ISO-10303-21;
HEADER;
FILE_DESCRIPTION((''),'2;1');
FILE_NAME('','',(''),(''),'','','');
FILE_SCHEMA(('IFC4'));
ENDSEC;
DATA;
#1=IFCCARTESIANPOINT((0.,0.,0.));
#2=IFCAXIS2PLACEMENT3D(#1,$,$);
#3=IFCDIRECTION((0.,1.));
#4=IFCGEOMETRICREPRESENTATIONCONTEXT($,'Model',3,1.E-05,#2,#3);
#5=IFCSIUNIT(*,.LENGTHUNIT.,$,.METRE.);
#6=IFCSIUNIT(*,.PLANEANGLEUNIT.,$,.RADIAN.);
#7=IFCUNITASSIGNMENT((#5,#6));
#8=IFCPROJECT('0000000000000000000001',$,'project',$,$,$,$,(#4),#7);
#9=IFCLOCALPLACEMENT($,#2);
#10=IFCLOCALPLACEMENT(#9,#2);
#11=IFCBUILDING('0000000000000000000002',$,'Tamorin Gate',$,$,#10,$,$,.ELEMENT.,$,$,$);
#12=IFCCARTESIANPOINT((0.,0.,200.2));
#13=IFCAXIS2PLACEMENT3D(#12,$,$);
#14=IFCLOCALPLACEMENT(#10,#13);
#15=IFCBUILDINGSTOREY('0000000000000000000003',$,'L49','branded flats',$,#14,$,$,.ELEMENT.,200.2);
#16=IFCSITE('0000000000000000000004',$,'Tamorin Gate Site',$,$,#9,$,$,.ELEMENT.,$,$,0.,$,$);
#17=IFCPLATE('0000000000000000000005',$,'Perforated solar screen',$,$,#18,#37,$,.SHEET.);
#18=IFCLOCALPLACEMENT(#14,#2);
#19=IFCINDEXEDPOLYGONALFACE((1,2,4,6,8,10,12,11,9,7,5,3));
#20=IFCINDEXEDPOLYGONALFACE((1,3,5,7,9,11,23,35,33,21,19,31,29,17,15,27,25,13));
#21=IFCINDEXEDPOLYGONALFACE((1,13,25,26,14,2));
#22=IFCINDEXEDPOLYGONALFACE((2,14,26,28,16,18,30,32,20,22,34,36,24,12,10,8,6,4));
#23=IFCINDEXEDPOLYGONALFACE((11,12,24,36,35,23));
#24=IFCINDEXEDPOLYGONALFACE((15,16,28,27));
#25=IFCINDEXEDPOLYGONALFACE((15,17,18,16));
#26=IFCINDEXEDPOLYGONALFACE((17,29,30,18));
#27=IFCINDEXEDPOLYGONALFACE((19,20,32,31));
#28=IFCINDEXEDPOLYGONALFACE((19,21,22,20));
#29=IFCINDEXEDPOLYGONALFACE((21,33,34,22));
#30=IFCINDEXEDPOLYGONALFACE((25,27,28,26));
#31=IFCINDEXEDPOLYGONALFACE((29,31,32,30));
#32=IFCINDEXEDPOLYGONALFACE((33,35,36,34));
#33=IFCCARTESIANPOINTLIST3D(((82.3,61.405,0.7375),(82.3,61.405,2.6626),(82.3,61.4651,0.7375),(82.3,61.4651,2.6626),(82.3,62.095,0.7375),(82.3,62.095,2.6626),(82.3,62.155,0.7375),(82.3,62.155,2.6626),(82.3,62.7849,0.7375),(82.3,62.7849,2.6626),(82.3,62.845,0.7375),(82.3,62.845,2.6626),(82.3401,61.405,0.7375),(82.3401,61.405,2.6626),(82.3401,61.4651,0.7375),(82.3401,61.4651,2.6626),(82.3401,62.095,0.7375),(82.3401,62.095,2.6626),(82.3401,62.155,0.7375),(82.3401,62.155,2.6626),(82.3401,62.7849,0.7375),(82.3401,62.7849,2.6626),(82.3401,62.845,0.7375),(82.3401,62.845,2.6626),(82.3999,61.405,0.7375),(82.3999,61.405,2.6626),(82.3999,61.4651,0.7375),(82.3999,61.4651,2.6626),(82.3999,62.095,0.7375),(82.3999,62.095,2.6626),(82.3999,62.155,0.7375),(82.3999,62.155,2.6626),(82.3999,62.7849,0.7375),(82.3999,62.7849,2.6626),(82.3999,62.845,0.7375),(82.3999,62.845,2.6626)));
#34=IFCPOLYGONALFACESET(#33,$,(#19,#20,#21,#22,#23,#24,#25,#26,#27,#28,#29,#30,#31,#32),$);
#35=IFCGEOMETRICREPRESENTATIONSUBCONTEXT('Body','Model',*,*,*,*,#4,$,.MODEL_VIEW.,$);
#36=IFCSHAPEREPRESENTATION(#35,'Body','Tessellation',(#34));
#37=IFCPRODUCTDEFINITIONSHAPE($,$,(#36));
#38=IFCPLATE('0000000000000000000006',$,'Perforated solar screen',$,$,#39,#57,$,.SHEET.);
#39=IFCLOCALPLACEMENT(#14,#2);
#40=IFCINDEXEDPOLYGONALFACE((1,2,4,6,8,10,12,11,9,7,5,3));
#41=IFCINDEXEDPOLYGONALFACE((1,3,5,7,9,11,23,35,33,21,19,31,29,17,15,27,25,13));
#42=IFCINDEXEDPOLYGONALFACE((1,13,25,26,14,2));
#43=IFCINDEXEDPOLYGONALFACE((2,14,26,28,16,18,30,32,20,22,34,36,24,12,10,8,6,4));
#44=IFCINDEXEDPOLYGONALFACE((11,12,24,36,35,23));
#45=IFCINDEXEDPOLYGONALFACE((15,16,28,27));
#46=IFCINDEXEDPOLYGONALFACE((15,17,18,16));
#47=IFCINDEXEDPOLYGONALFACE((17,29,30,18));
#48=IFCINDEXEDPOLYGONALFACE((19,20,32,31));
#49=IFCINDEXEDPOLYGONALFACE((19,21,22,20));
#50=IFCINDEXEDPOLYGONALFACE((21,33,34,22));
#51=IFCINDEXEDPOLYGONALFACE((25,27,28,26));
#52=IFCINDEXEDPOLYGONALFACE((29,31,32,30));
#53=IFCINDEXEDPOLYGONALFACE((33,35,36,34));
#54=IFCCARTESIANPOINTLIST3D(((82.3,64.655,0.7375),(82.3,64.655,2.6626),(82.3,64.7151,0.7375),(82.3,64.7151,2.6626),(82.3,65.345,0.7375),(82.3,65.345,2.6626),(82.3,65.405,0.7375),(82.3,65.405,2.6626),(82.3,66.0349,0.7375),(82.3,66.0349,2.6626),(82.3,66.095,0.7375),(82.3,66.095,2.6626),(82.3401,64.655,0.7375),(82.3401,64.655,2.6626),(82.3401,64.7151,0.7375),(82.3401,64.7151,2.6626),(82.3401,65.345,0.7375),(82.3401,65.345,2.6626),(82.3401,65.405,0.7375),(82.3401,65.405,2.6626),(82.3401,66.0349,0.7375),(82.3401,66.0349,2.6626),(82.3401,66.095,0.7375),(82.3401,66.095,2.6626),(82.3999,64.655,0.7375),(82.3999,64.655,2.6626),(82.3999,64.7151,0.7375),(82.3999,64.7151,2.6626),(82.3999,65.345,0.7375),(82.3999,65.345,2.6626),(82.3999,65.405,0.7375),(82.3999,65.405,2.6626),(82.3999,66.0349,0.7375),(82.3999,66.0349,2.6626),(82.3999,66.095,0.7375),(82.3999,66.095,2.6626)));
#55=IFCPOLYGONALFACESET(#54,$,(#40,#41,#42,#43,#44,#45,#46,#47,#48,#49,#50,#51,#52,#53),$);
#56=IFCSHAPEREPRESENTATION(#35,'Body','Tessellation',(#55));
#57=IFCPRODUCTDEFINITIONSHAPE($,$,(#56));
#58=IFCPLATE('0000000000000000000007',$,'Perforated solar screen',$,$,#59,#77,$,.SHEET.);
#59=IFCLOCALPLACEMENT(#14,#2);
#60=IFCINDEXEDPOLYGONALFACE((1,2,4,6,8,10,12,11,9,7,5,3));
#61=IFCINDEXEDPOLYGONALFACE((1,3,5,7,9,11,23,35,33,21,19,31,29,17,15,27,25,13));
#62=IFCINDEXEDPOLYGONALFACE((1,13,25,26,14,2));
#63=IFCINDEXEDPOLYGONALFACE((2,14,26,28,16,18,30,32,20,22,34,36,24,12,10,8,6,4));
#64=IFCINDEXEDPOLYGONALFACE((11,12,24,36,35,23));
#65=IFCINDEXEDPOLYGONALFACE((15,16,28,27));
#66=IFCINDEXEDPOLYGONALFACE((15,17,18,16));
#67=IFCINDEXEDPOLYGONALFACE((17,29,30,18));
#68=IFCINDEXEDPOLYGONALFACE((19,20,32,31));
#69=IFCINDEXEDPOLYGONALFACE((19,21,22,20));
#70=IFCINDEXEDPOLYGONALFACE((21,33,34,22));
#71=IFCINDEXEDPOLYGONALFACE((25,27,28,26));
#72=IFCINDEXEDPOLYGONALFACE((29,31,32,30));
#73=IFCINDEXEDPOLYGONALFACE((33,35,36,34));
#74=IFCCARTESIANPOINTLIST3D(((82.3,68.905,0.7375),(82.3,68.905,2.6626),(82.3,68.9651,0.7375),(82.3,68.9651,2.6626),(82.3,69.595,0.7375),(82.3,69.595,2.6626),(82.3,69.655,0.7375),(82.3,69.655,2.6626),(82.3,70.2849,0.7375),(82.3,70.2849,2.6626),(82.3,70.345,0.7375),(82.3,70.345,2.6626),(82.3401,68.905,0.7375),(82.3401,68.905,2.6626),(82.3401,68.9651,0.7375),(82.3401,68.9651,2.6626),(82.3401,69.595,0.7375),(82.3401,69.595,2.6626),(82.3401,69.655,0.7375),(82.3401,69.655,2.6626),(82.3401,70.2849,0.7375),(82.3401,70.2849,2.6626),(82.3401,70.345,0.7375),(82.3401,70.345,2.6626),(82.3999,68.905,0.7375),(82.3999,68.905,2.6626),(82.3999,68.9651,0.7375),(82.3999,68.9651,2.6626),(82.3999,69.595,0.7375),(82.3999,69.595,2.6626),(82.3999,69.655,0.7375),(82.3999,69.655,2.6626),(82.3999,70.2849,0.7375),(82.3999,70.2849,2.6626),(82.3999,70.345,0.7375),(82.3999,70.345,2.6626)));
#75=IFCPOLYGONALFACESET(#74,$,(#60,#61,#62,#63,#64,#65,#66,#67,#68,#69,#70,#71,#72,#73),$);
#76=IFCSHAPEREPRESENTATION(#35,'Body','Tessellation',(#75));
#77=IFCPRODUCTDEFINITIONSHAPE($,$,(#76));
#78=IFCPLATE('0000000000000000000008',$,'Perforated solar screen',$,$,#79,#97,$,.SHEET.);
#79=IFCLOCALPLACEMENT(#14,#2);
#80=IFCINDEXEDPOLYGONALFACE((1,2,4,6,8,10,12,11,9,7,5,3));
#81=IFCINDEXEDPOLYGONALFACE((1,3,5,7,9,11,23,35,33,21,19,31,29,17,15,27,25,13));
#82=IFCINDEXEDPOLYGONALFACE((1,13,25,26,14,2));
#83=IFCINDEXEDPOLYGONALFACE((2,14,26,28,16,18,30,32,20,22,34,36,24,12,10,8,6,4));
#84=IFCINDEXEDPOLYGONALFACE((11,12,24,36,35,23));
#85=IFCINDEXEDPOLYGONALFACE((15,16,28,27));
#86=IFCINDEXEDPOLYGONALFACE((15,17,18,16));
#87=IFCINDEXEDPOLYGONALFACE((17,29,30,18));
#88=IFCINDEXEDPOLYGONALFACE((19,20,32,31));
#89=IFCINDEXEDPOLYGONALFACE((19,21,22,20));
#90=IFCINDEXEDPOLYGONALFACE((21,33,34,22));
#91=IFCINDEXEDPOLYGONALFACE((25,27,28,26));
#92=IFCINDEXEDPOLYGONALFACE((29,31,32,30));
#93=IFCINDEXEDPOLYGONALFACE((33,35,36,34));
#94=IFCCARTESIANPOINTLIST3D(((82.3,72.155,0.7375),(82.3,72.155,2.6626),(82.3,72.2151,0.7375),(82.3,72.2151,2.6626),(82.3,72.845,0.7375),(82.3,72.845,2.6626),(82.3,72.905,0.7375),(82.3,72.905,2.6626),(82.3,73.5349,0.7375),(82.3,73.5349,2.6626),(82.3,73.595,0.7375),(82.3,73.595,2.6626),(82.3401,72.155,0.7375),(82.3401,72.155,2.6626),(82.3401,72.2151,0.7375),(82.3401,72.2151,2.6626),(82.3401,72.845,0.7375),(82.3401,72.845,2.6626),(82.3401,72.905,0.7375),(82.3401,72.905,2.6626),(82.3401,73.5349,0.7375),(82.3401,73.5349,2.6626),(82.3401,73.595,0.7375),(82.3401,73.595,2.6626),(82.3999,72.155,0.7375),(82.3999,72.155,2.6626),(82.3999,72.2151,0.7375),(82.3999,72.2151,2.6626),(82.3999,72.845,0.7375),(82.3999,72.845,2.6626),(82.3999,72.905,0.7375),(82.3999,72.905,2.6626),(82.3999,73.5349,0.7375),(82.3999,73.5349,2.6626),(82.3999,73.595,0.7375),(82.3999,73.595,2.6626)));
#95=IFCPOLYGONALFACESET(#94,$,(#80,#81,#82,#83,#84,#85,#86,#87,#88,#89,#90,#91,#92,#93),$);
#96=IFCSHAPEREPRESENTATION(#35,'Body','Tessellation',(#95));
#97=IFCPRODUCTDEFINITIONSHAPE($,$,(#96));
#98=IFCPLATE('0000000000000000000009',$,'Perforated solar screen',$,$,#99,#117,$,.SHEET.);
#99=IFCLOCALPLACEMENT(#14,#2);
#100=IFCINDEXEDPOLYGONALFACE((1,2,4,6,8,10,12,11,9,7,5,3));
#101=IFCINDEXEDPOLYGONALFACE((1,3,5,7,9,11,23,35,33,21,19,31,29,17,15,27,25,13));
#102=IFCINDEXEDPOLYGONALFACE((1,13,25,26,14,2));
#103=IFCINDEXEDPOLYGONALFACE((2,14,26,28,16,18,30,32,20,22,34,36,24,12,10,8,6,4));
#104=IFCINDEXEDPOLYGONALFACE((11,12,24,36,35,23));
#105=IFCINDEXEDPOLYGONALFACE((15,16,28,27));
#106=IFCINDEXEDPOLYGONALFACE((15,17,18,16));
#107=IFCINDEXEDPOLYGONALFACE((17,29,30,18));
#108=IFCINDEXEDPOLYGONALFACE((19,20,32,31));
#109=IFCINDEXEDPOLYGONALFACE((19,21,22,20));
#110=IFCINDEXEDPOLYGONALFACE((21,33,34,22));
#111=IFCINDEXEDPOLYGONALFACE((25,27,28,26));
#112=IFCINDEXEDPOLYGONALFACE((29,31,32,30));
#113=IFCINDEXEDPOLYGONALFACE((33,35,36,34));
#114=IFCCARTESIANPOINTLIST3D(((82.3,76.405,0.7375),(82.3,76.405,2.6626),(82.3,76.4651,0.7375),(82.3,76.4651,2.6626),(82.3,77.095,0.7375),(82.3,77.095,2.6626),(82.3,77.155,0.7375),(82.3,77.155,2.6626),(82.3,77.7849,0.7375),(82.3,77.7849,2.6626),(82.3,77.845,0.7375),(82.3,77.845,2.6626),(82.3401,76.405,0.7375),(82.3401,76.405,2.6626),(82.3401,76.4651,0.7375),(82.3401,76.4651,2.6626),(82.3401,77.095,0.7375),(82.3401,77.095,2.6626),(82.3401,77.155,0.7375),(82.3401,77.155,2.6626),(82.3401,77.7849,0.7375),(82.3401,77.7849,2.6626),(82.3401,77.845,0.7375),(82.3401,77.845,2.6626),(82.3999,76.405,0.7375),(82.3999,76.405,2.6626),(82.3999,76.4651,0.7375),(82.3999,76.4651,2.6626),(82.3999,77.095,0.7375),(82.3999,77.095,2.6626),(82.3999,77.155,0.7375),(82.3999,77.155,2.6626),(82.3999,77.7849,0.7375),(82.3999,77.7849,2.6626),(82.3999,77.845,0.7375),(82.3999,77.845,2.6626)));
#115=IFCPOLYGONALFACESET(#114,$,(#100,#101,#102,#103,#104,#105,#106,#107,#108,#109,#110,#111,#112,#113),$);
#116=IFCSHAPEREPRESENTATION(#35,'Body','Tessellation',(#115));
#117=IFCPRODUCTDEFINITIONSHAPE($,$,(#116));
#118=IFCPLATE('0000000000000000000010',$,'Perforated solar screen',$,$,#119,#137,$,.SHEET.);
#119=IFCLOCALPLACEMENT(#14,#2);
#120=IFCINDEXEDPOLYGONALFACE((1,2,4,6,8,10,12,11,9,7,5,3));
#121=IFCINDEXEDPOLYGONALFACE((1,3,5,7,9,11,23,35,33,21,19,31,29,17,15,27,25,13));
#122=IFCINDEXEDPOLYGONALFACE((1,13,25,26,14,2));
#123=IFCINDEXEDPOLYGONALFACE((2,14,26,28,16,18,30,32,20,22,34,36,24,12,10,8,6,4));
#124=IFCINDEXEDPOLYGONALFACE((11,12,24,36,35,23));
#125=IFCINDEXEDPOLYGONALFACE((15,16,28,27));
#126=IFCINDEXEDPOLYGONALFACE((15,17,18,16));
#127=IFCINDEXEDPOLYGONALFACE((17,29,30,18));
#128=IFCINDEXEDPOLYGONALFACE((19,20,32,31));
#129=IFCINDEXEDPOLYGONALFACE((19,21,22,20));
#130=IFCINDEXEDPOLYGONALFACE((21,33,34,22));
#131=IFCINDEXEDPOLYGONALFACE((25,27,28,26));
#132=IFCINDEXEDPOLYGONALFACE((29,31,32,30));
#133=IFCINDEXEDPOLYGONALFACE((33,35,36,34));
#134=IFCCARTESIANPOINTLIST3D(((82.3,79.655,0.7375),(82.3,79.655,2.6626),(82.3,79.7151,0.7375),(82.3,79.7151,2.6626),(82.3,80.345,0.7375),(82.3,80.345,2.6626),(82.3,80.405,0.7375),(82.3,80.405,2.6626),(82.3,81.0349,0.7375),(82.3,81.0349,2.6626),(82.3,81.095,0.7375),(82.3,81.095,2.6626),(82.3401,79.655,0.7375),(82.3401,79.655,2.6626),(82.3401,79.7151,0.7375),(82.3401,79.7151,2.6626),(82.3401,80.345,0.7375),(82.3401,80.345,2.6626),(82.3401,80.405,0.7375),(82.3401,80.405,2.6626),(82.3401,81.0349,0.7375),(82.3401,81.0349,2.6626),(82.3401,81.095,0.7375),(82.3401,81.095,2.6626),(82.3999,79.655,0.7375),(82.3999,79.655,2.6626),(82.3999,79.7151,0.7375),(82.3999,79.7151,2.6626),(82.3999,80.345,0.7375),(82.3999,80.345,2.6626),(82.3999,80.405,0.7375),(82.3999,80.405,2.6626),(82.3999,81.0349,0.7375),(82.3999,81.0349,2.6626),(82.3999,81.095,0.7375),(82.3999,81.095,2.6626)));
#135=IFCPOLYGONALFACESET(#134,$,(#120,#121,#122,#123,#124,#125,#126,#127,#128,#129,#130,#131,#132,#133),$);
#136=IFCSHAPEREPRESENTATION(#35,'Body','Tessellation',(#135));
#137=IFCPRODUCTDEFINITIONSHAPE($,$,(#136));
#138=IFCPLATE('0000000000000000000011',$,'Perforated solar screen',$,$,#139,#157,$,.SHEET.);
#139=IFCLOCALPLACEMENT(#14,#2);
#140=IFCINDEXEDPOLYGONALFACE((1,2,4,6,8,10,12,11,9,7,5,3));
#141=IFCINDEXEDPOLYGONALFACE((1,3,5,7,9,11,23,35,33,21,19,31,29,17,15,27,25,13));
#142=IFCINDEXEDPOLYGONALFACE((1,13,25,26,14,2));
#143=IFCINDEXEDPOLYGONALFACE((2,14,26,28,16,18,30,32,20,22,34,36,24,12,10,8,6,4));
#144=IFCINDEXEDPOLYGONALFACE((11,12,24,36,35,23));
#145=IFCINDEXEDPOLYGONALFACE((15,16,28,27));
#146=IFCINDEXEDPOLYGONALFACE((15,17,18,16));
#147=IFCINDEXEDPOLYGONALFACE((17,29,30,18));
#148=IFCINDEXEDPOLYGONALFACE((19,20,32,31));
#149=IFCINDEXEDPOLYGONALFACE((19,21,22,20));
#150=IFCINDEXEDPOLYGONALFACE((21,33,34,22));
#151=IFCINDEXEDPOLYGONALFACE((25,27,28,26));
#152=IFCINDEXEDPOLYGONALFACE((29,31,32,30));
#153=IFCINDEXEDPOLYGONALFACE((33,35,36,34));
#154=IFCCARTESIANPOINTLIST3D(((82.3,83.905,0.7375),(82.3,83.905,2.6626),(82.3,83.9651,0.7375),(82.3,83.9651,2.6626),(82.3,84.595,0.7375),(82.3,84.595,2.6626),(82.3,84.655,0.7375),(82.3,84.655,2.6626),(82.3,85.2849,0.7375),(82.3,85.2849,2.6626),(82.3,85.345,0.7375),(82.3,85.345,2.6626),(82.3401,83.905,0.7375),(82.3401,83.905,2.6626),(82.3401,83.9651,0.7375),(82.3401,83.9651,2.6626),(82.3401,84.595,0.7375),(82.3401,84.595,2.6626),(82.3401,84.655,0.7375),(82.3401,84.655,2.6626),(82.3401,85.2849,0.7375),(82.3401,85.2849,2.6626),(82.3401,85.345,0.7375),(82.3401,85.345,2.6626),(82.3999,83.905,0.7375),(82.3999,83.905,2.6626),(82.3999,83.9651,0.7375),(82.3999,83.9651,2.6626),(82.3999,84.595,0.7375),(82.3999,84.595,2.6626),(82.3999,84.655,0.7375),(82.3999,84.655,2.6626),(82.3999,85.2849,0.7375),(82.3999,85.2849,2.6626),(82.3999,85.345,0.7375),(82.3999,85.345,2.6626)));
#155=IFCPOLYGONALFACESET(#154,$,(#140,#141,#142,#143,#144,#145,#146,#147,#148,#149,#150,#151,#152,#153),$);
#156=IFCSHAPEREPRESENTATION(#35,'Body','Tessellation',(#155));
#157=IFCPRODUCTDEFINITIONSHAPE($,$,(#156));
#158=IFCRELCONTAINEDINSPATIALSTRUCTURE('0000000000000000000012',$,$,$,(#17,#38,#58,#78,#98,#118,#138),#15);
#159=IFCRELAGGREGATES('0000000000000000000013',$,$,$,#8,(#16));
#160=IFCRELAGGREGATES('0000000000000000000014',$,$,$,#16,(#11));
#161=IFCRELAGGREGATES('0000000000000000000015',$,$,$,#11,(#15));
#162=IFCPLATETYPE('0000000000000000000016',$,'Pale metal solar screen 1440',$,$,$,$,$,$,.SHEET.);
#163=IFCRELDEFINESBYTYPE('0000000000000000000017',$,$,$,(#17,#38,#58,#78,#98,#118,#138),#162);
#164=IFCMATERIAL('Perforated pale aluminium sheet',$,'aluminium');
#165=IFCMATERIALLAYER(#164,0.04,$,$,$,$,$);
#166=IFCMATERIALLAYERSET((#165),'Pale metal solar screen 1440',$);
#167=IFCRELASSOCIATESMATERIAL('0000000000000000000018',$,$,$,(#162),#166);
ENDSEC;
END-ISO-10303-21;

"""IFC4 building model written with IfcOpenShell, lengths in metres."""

from ifc_helpers import new_model, si_unit, direction, frame, origin, place, context, subcontext, project, spatial, polyline, outline, extrude, material, layer, layer_set, type_object, element, save


model = new_model("IFC4")

# Units and contexts
model_context = context("Model", 3, precision=1e-05, world=origin(), true_north=direction((0.0, 1.0)))
body_context = subcontext(model_context, "Body", "Model", "MODEL_VIEW")
ifc_project = project(units=[si_unit("LENGTHUNIT", "METRE"), si_unit("PLANEANGLEUNIT", "RADIAN")], contexts=[model_context])

# Site, building, storey
site_placement = place(None, origin())
site = spatial("IfcSite", under=ifc_project, at=site_placement, Name="Tamorin Gate Site", CompositionType="ELEMENT", RefElevation=0.0)
building_placement = place(site_placement, origin())
building = spatial("IfcBuilding", under=site, at=building_placement, Name="Tamorin Gate", CompositionType="ELEMENT")
storey_placement = place(building_placement, frame((0.0, 0.0, 200.2)))
storey = spatial("IfcBuildingStorey", under=building, at=storey_placement, Name="L49", Description="branded flats", CompositionType="ELEMENT", Elevation=200.2)

# Plates
ifc_material_1 = material(Name="Perforated pale aluminium sheet", Category="aluminium")
ifc_layer_1 = layer(ifc_material_1, 0.04)
ifc_layer_set_1 = layer_set([ifc_layer_1], Name="Pale metal solar screen 1440")
plate_type_1 = type_object("IfcPlateType", Name="Pale metal solar screen 1440", PredefinedType="SHEET", material=ifc_layer_set_1)
plate_1_placement = place(storey_placement, frame((0.0, 0.0, 0.7375)))
element("IfcPlate", 1, at=plate_1_placement, inside=storey, type_object=plate_type_1, Name="Perforated solar screen", PredefinedType="SHEET", context=body_context, shape_type="SweptSolid", body=[
    extrude(outline(polyline([(82.3401, 61.405), (82.3, 61.405), (82.3, 61.4651), (82.3, 62.095), (82.3, 62.155), (82.3, 62.7849), (82.3, 62.845), (82.3401, 62.845), (82.3999, 62.845), (82.3999, 62.7849), (82.3401, 62.7849), (82.3401, 62.155), (82.3999, 62.155), (82.3999, 62.095), (82.3401, 62.095), (82.3401, 61.4651), (82.3999, 61.4651), (82.3999, 61.405), (82.3401, 61.405)])), origin(), (0.0, 0.0, 1.0), 1.925),
])
plate_2_placement = place(storey_placement, frame((0.0, 0.0, 0.7375)))
element("IfcPlate", 2, at=plate_2_placement, inside=storey, type_object=plate_type_1, Name="Perforated solar screen", PredefinedType="SHEET", context=body_context, shape_type="SweptSolid", body=[
    extrude(outline(polyline([(82.3401, 64.655), (82.3, 64.655), (82.3, 64.7151), (82.3, 65.345), (82.3, 65.405), (82.3, 66.0349), (82.3, 66.095), (82.3401, 66.095), (82.3999, 66.095), (82.3999, 66.0349), (82.3401, 66.0349), (82.3401, 65.405), (82.3999, 65.405), (82.3999, 65.345), (82.3401, 65.345), (82.3401, 64.7151), (82.3999, 64.7151), (82.3999, 64.655), (82.3401, 64.655)])), origin(), (0.0, 0.0, 1.0), 1.925),
])
plate_3_placement = place(storey_placement, frame((0.0, 0.0, 0.7375)))
element("IfcPlate", 3, at=plate_3_placement, inside=storey, type_object=plate_type_1, Name="Perforated solar screen", PredefinedType="SHEET", context=body_context, shape_type="SweptSolid", body=[
    extrude(outline(polyline([(82.3401, 68.905), (82.3, 68.905), (82.3, 68.9651), (82.3, 69.595), (82.3, 69.655), (82.3, 70.2849), (82.3, 70.345), (82.3401, 70.345), (82.3999, 70.345), (82.3999, 70.2849), (82.3401, 70.2849), (82.3401, 69.655), (82.3999, 69.655), (82.3999, 69.595), (82.3401, 69.595), (82.3401, 68.9651), (82.3999, 68.9651), (82.3999, 68.905), (82.3401, 68.905)])), origin(), (0.0, 0.0, 1.0), 1.925),
])
plate_4_placement = place(storey_placement, frame((0.0, 0.0, 0.7375)))
element("IfcPlate", 4, at=plate_4_placement, inside=storey, type_object=plate_type_1, Name="Perforated solar screen", PredefinedType="SHEET", context=body_context, shape_type="SweptSolid", body=[
    extrude(outline(polyline([(82.3401, 72.155), (82.3, 72.155), (82.3, 72.2151), (82.3, 72.845), (82.3, 72.905), (82.3, 73.5349), (82.3, 73.595), (82.3401, 73.595), (82.3999, 73.595), (82.3999, 73.5349), (82.3401, 73.5349), (82.3401, 72.905), (82.3999, 72.905), (82.3999, 72.845), (82.3401, 72.845), (82.3401, 72.2151), (82.3999, 72.2151), (82.3999, 72.155), (82.3401, 72.155)])), origin(), (0.0, 0.0, 1.0), 1.925),
])
plate_5_placement = place(storey_placement, frame((0.0, 0.0, 0.7375)))
element("IfcPlate", 5, at=plate_5_placement, inside=storey, type_object=plate_type_1, Name="Perforated solar screen", PredefinedType="SHEET", context=body_context, shape_type="SweptSolid", body=[
    extrude(outline(polyline([(82.3401, 76.405), (82.3, 76.405), (82.3, 76.4651), (82.3, 77.095), (82.3, 77.155), (82.3, 77.7849), (82.3, 77.845), (82.3401, 77.845), (82.3999, 77.845), (82.3999, 77.7849), (82.3401, 77.7849), (82.3401, 77.155), (82.3999, 77.155), (82.3999, 77.095), (82.3401, 77.095), (82.3401, 76.4651), (82.3999, 76.4651), (82.3999, 76.405), (82.3401, 76.405)])), origin(), (0.0, 0.0, 1.0), 1.925),
])
plate_6_placement = place(storey_placement, frame((0.0, 0.0, 0.7375)))
element("IfcPlate", 6, at=plate_6_placement, inside=storey, type_object=plate_type_1, Name="Perforated solar screen", PredefinedType="SHEET", context=body_context, shape_type="SweptSolid", body=[
    extrude(outline(polyline([(82.3401, 79.655), (82.3, 79.655), (82.3, 79.7151), (82.3, 80.345), (82.3, 80.405), (82.3, 81.0349), (82.3, 81.095), (82.3401, 81.095), (82.3999, 81.095), (82.3999, 81.0349), (82.3401, 81.0349), (82.3401, 80.405), (82.3999, 80.405), (82.3999, 80.345), (82.3401, 80.345), (82.3401, 79.7151), (82.3999, 79.7151), (82.3999, 79.655), (82.3401, 79.655)])), origin(), (0.0, 0.0, 1.0), 1.925),
])
plate_7_placement = place(storey_placement, frame((0.0, 0.0, 0.7375)))
element("IfcPlate", 7, at=plate_7_placement, inside=storey, type_object=plate_type_1, Name="Perforated solar screen", PredefinedType="SHEET", context=body_context, shape_type="SweptSolid", body=[
    extrude(outline(polyline([(82.3401, 83.905), (82.3, 83.905), (82.3, 83.9651), (82.3, 84.595), (82.3, 84.655), (82.3, 85.2849), (82.3, 85.345), (82.3401, 85.345), (82.3999, 85.345), (82.3999, 85.2849), (82.3401, 85.2849), (82.3401, 84.655), (82.3999, 84.655), (82.3999, 84.595), (82.3401, 84.595), (82.3401, 83.9651), (82.3999, 83.9651), (82.3999, 83.905), (82.3401, 83.905)])), origin(), (0.0, 0.0, 1.0), 1.925),
])

save(model, "model.ifc")
